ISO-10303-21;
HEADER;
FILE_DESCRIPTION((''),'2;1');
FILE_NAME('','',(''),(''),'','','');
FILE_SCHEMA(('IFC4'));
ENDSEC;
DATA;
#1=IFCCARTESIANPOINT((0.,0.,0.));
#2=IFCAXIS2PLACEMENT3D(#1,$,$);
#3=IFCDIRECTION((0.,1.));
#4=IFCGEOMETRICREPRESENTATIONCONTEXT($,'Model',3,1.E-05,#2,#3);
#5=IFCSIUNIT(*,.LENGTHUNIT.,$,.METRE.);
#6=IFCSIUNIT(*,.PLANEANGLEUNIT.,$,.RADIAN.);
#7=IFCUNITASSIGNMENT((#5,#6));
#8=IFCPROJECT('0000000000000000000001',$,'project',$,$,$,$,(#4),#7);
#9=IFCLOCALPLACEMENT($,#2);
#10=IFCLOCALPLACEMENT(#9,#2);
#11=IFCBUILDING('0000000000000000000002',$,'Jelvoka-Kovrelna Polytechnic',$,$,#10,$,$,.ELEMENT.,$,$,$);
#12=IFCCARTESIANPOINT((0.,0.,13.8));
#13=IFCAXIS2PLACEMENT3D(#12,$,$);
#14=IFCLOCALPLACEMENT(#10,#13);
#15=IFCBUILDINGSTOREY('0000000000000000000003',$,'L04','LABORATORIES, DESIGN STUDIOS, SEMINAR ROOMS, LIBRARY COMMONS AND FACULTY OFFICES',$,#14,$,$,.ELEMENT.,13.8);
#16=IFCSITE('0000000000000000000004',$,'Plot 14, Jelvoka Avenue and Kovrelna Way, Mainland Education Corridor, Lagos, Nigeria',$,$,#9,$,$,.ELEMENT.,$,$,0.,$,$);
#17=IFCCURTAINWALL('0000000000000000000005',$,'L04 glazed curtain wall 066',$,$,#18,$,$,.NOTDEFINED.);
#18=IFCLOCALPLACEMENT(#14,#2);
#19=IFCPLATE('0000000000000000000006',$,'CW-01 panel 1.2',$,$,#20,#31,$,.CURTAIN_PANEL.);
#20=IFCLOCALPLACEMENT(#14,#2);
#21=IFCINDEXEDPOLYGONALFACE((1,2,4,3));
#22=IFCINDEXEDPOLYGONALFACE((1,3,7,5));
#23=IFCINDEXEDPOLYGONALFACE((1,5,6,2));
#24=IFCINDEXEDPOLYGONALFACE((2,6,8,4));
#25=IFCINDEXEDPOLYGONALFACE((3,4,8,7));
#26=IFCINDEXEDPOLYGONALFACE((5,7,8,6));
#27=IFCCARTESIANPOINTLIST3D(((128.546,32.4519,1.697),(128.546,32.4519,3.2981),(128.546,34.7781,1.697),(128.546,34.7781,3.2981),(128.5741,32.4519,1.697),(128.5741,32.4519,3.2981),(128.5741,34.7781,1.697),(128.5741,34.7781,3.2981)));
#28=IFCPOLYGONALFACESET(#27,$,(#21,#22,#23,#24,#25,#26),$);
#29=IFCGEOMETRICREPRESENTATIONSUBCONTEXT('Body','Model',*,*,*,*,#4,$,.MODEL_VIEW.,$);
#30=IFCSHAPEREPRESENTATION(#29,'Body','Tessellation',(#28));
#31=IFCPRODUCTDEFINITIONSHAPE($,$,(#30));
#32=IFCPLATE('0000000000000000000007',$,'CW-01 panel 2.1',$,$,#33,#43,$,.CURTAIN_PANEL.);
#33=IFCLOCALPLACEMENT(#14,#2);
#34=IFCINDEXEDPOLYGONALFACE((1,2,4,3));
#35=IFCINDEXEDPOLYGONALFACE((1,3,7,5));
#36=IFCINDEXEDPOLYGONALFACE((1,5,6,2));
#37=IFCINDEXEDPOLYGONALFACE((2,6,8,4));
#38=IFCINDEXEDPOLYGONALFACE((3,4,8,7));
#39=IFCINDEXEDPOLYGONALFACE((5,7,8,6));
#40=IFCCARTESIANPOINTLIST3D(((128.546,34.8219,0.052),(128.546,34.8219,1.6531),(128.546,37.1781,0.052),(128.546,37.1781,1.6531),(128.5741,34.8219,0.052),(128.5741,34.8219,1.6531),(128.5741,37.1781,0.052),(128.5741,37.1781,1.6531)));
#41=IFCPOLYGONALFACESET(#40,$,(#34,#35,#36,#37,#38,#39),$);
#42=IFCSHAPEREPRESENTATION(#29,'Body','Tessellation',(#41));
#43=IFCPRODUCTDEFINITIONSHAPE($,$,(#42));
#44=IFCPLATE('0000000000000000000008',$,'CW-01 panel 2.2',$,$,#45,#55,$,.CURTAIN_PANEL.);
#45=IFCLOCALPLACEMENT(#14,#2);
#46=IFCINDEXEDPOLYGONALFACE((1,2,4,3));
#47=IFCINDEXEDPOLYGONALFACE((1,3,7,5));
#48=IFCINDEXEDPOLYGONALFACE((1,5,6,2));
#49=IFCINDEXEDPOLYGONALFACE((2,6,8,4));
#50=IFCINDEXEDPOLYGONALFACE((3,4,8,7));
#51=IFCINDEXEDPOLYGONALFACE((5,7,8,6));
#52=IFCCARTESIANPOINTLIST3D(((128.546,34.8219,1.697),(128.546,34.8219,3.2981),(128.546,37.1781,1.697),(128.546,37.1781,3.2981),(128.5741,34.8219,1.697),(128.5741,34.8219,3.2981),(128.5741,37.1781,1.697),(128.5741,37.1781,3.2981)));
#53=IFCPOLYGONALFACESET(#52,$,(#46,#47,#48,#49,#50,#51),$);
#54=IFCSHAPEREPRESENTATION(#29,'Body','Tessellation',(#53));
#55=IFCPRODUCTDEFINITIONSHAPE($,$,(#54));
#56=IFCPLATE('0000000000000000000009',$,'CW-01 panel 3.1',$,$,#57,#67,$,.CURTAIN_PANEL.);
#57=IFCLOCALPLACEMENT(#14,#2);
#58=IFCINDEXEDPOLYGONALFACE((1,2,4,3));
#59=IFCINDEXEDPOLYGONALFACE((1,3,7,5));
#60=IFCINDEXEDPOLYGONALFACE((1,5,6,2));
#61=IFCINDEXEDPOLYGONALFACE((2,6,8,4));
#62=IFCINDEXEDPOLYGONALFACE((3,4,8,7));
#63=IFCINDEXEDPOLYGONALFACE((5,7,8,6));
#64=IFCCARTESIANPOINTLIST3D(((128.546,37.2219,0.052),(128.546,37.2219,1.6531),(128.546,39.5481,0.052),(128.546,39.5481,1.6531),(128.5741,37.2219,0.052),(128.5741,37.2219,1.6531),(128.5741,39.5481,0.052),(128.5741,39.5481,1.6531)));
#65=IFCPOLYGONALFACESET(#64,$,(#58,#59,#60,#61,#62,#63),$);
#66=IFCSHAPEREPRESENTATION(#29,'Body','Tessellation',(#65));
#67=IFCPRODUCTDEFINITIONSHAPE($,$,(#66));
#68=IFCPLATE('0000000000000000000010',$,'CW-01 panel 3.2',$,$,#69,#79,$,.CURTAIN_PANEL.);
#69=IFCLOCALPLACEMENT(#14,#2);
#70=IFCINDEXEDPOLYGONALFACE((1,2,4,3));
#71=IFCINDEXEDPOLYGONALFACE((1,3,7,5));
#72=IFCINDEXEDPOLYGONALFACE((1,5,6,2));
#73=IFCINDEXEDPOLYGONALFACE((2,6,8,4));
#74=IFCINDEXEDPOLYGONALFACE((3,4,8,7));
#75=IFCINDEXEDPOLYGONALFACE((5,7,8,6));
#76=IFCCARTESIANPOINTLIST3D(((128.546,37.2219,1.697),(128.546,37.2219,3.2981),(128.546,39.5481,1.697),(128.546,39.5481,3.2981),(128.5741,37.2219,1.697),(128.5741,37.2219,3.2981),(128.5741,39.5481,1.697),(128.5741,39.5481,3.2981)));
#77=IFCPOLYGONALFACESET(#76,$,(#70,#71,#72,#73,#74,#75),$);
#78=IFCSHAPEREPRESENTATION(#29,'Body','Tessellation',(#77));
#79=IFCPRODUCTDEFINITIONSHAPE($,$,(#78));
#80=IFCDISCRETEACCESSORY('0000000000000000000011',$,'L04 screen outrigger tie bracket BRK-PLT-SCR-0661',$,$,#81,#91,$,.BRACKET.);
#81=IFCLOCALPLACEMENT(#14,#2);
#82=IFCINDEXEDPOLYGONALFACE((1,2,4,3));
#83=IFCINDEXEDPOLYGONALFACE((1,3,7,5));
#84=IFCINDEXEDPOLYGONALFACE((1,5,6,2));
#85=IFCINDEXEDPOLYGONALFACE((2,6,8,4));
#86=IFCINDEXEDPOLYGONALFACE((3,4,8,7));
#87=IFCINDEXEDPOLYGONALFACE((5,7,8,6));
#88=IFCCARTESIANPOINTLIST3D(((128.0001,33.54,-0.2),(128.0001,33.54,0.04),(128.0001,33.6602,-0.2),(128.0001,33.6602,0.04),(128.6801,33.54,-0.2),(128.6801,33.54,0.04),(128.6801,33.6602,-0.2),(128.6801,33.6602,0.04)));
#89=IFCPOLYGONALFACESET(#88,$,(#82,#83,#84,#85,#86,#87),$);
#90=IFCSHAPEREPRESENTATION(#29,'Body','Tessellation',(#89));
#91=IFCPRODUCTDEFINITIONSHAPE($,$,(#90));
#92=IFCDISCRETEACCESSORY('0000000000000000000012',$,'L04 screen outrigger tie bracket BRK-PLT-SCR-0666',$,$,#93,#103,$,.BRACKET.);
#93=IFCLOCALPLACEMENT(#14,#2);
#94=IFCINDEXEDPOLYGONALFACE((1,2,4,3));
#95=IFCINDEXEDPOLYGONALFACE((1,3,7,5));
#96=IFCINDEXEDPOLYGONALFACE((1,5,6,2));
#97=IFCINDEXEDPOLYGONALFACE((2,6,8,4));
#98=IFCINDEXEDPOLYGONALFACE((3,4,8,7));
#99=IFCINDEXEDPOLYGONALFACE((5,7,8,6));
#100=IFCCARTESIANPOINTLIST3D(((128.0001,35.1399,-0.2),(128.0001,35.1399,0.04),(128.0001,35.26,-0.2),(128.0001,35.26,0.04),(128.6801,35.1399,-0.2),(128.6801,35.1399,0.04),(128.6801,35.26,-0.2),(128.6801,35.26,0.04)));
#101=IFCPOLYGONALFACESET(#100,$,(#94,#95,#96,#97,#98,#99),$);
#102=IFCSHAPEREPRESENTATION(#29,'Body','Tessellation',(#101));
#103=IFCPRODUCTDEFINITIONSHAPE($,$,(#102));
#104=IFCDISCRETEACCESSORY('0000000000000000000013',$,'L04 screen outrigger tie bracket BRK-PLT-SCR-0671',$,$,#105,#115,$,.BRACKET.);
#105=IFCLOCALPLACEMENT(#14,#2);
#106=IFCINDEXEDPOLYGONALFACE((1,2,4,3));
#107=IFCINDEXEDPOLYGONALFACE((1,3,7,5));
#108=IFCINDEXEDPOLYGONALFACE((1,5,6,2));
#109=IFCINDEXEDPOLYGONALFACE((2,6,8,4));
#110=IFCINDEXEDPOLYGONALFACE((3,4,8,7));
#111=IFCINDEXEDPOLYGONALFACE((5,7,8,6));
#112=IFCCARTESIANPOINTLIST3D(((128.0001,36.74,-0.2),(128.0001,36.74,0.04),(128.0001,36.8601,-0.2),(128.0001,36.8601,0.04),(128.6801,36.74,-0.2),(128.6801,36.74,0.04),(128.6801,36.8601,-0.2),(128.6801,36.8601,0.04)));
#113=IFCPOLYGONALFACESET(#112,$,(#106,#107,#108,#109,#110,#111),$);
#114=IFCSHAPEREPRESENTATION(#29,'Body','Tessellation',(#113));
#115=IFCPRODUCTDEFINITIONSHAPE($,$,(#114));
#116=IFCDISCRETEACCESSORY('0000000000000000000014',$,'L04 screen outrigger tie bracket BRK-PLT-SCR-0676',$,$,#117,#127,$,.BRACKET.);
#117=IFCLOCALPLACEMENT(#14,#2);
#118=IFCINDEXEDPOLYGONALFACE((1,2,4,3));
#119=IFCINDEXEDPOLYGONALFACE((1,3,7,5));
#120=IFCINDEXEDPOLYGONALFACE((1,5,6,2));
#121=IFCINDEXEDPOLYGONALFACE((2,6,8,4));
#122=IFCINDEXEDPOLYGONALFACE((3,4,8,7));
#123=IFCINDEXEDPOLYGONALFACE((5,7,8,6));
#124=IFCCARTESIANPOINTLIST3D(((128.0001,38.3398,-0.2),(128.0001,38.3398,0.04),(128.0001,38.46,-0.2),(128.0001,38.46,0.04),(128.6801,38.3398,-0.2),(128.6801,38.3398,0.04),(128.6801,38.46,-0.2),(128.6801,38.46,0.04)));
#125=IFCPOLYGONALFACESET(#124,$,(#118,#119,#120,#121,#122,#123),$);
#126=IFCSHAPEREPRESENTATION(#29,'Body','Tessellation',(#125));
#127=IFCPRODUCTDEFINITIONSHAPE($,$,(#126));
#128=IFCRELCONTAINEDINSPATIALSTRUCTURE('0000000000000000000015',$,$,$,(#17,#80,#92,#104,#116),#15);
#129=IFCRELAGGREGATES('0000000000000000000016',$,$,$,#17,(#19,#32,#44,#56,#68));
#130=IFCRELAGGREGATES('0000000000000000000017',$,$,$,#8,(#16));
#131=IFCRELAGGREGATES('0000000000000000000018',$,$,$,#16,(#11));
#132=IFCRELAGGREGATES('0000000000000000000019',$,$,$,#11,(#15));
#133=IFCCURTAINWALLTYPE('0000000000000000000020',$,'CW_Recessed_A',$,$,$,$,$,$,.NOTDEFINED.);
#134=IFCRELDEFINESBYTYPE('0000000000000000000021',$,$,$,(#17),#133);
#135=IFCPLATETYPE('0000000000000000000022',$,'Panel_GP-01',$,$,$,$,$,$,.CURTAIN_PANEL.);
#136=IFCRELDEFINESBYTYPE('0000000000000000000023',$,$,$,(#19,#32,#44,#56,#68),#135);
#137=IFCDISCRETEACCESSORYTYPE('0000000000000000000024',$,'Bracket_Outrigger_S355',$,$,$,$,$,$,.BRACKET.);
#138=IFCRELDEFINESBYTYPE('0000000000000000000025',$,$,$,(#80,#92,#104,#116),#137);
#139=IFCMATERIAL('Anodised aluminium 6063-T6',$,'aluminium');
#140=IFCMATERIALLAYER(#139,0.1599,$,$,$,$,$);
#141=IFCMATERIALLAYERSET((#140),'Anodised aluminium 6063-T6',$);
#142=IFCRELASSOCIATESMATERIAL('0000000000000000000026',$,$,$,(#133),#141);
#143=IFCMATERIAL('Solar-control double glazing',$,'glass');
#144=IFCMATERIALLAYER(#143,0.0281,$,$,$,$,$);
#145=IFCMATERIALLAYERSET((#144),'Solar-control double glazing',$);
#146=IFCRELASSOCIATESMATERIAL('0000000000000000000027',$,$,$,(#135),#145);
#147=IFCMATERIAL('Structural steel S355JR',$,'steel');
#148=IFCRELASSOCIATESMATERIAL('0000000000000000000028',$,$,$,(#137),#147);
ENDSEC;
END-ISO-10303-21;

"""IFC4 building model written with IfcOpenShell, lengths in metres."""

from ifc_helpers import new_model, si_unit, direction, frame, origin, origin_2d, place, context, subcontext, project, spatial, rectangle, extrude, material, layer, layer_set, type_object, element, aggregate, save


model = new_model("IFC4")

# Units and contexts
model_context = context("Model", 3, precision=1e-05, world=origin(), true_north=direction((0.0, 1.0)))
body_context = subcontext(model_context, "Body", "Model", "MODEL_VIEW")
ifc_project = project(units=[si_unit("LENGTHUNIT", "METRE"), si_unit("PLANEANGLEUNIT", "RADIAN")], contexts=[model_context])

# Site, building, storey
site_placement = place(None, origin())
site = spatial("IfcSite", under=ifc_project, at=site_placement, Name="Plot 14, Jelvoka Avenue and Kovrelna Way, Mainland Education Corridor, Lagos, Nigeria", CompositionType="ELEMENT", RefElevation=0.0)
building_placement = place(site_placement, origin())
building = spatial("IfcBuilding", under=site, at=building_placement, Name="Jelvoka-Kovrelna Polytechnic", CompositionType="ELEMENT")
storey_placement = place(building_placement, frame((0.0, 0.0, 13.8)))
storey = spatial("IfcBuildingStorey", under=building, at=storey_placement, Name="L04", Description="LABORATORIES, DESIGN STUDIOS, SEMINAR ROOMS, LIBRARY COMMONS AND FACULTY OFFICES", CompositionType="ELEMENT", Elevation=13.8)

# Curtain wall, plates
ifc_material_1 = material(Name="Anodised aluminium 6063-T6", Category="aluminium")
ifc_layer_1 = layer(ifc_material_1, 0.1599)
ifc_layer_set_1 = layer_set([ifc_layer_1], Name="Anodised aluminium 6063-T6")
curtain_wall_type = type_object("IfcCurtainWallType", Name="CW_Recessed_A", PredefinedType="NOTDEFINED", material=ifc_layer_set_1)
curtain_wall_placement = place(storey_placement, origin())
curtain_wall = element("IfcCurtainWall", 1, at=curtain_wall_placement, inside=storey, type_object=curtain_wall_type, Name="L04 glazed curtain wall 066", PredefinedType="NOTDEFINED")
ifc_material_2 = material(Name="Solar-control double glazing", Category="glass")
ifc_layer_2 = layer(ifc_material_2, 0.0281)
ifc_layer_set_2 = layer_set([ifc_layer_2], Name="Solar-control double glazing")
plate_type = type_object("IfcPlateType", Name="Panel_GP-01", PredefinedType="CURTAIN_PANEL", material=ifc_layer_set_2)
plate_1_placement = place(storey_placement, frame((128.5601, 33.615, 1.697), z_axis=(0.0, 0.0, 1.0), x_axis=(0.0, 1.0, 0.0)))
plate_1 = element("IfcPlate", 2, at=plate_1_placement, type_object=plate_type, Name="CW-01 panel 1.2", PredefinedType="CURTAIN_PANEL", context=body_context, shape_type="SweptSolid", body=[
    extrude(rectangle(XDim=2.3262, YDim=0.0281, at=origin_2d()), origin(), (0.0, 0.0, 1.0), 1.6011),
])
plate_2_placement = place(storey_placement, frame((128.5601, 36.0, 0.052), z_axis=(0.0, 0.0, 1.0), x_axis=(0.0, 1.0, 0.0)))
plate_2 = element("IfcPlate", 3, at=plate_2_placement, type_object=plate_type, Name="CW-01 panel 2.1", PredefinedType="CURTAIN_PANEL", context=body_context, shape_type="SweptSolid", body=[
    extrude(rectangle(XDim=2.3562, YDim=0.0281, at=origin_2d()), origin(), (0.0, 0.0, 1.0), 1.6011),
])
plate_3_placement = place(storey_placement, frame((128.5601, 36.0, 1.697), z_axis=(0.0, 0.0, 1.0), x_axis=(0.0, 1.0, 0.0)))
plate_3 = element("IfcPlate", 4, at=plate_3_placement, type_object=plate_type, Name="CW-01 panel 2.2", PredefinedType="CURTAIN_PANEL", context=body_context, shape_type="SweptSolid", body=[
    extrude(rectangle(XDim=2.3562, YDim=0.0281, at=origin_2d()), origin(), (0.0, 0.0, 1.0), 1.6011),
])
plate_4_placement = place(storey_placement, frame((128.5601, 38.385, 0.052), z_axis=(0.0, 0.0, 1.0), x_axis=(0.0, 1.0, 0.0)))
plate_4 = element("IfcPlate", 5, at=plate_4_placement, type_object=plate_type, Name="CW-01 panel 3.1", PredefinedType="CURTAIN_PANEL", context=body_context, shape_type="SweptSolid", body=[
    extrude(rectangle(XDim=2.3262, YDim=0.0281, at=origin_2d()), origin(), (0.0, 0.0, 1.0), 1.6011),
])
plate_5_placement = place(storey_placement, frame((128.5601, 38.385, 1.697), z_axis=(0.0, 0.0, 1.0), x_axis=(0.0, 1.0, 0.0)))
plate_5 = element("IfcPlate", 6, at=plate_5_placement, type_object=plate_type, Name="CW-01 panel 3.2", PredefinedType="CURTAIN_PANEL", context=body_context, shape_type="SweptSolid", body=[
    extrude(rectangle(XDim=2.3262, YDim=0.0281, at=origin_2d()), origin(), (0.0, 0.0, 1.0), 1.6011),
])
aggregate(curtain_wall, [plate_1, plate_2, plate_3, plate_4, plate_5])

# Discrete accessories
ifc_material_3 = material(Name="Structural steel S355JR", Category="steel")
discrete_accessory_type = type_object("IfcDiscreteAccessoryType", Name="Bracket_Outrigger_S355", PredefinedType="BRACKET", material=ifc_material_3)
for number, where, z_axis, x_axis, name in (
    (7, (128.3401, 33.6001, -0.2), (0.0, 0.0, 1.0), (1.0, 0.0, 0.0), "L04 screen outrigger tie bracket BRK-PLT-SCR-0661"),
    (8, (128.3401, 35.2, -0.2), (0.0, 0.0, 1.0), (1.0, 0.0, 0.0), "L04 screen outrigger tie bracket BRK-PLT-SCR-0666"),
    (9, (128.3401, 36.8, -0.2), (0.0, 0.0, 1.0), (1.0, 0.0, 0.0), "L04 screen outrigger tie bracket BRK-PLT-SCR-0671"),
    (10, (128.3401, 38.3999, -0.2), (0.0, 0.0, 1.0), (1.0, 0.0, 0.0), "L04 screen outrigger tie bracket BRK-PLT-SCR-0676"),
):
    element("IfcDiscreteAccessory", number, at=place(storey_placement, frame(where, z_axis=z_axis, x_axis=x_axis)), inside=storey, type_object=discrete_accessory_type, Name=name, PredefinedType="BRACKET", context=body_context, shape_type="SweptSolid", body=[
        extrude(rectangle(XDim=0.6799, YDim=0.1201, at=origin_2d()), origin(), (0.0, 0.0, 1.0), 0.24),
    ])

save(model, "model.ifc")
